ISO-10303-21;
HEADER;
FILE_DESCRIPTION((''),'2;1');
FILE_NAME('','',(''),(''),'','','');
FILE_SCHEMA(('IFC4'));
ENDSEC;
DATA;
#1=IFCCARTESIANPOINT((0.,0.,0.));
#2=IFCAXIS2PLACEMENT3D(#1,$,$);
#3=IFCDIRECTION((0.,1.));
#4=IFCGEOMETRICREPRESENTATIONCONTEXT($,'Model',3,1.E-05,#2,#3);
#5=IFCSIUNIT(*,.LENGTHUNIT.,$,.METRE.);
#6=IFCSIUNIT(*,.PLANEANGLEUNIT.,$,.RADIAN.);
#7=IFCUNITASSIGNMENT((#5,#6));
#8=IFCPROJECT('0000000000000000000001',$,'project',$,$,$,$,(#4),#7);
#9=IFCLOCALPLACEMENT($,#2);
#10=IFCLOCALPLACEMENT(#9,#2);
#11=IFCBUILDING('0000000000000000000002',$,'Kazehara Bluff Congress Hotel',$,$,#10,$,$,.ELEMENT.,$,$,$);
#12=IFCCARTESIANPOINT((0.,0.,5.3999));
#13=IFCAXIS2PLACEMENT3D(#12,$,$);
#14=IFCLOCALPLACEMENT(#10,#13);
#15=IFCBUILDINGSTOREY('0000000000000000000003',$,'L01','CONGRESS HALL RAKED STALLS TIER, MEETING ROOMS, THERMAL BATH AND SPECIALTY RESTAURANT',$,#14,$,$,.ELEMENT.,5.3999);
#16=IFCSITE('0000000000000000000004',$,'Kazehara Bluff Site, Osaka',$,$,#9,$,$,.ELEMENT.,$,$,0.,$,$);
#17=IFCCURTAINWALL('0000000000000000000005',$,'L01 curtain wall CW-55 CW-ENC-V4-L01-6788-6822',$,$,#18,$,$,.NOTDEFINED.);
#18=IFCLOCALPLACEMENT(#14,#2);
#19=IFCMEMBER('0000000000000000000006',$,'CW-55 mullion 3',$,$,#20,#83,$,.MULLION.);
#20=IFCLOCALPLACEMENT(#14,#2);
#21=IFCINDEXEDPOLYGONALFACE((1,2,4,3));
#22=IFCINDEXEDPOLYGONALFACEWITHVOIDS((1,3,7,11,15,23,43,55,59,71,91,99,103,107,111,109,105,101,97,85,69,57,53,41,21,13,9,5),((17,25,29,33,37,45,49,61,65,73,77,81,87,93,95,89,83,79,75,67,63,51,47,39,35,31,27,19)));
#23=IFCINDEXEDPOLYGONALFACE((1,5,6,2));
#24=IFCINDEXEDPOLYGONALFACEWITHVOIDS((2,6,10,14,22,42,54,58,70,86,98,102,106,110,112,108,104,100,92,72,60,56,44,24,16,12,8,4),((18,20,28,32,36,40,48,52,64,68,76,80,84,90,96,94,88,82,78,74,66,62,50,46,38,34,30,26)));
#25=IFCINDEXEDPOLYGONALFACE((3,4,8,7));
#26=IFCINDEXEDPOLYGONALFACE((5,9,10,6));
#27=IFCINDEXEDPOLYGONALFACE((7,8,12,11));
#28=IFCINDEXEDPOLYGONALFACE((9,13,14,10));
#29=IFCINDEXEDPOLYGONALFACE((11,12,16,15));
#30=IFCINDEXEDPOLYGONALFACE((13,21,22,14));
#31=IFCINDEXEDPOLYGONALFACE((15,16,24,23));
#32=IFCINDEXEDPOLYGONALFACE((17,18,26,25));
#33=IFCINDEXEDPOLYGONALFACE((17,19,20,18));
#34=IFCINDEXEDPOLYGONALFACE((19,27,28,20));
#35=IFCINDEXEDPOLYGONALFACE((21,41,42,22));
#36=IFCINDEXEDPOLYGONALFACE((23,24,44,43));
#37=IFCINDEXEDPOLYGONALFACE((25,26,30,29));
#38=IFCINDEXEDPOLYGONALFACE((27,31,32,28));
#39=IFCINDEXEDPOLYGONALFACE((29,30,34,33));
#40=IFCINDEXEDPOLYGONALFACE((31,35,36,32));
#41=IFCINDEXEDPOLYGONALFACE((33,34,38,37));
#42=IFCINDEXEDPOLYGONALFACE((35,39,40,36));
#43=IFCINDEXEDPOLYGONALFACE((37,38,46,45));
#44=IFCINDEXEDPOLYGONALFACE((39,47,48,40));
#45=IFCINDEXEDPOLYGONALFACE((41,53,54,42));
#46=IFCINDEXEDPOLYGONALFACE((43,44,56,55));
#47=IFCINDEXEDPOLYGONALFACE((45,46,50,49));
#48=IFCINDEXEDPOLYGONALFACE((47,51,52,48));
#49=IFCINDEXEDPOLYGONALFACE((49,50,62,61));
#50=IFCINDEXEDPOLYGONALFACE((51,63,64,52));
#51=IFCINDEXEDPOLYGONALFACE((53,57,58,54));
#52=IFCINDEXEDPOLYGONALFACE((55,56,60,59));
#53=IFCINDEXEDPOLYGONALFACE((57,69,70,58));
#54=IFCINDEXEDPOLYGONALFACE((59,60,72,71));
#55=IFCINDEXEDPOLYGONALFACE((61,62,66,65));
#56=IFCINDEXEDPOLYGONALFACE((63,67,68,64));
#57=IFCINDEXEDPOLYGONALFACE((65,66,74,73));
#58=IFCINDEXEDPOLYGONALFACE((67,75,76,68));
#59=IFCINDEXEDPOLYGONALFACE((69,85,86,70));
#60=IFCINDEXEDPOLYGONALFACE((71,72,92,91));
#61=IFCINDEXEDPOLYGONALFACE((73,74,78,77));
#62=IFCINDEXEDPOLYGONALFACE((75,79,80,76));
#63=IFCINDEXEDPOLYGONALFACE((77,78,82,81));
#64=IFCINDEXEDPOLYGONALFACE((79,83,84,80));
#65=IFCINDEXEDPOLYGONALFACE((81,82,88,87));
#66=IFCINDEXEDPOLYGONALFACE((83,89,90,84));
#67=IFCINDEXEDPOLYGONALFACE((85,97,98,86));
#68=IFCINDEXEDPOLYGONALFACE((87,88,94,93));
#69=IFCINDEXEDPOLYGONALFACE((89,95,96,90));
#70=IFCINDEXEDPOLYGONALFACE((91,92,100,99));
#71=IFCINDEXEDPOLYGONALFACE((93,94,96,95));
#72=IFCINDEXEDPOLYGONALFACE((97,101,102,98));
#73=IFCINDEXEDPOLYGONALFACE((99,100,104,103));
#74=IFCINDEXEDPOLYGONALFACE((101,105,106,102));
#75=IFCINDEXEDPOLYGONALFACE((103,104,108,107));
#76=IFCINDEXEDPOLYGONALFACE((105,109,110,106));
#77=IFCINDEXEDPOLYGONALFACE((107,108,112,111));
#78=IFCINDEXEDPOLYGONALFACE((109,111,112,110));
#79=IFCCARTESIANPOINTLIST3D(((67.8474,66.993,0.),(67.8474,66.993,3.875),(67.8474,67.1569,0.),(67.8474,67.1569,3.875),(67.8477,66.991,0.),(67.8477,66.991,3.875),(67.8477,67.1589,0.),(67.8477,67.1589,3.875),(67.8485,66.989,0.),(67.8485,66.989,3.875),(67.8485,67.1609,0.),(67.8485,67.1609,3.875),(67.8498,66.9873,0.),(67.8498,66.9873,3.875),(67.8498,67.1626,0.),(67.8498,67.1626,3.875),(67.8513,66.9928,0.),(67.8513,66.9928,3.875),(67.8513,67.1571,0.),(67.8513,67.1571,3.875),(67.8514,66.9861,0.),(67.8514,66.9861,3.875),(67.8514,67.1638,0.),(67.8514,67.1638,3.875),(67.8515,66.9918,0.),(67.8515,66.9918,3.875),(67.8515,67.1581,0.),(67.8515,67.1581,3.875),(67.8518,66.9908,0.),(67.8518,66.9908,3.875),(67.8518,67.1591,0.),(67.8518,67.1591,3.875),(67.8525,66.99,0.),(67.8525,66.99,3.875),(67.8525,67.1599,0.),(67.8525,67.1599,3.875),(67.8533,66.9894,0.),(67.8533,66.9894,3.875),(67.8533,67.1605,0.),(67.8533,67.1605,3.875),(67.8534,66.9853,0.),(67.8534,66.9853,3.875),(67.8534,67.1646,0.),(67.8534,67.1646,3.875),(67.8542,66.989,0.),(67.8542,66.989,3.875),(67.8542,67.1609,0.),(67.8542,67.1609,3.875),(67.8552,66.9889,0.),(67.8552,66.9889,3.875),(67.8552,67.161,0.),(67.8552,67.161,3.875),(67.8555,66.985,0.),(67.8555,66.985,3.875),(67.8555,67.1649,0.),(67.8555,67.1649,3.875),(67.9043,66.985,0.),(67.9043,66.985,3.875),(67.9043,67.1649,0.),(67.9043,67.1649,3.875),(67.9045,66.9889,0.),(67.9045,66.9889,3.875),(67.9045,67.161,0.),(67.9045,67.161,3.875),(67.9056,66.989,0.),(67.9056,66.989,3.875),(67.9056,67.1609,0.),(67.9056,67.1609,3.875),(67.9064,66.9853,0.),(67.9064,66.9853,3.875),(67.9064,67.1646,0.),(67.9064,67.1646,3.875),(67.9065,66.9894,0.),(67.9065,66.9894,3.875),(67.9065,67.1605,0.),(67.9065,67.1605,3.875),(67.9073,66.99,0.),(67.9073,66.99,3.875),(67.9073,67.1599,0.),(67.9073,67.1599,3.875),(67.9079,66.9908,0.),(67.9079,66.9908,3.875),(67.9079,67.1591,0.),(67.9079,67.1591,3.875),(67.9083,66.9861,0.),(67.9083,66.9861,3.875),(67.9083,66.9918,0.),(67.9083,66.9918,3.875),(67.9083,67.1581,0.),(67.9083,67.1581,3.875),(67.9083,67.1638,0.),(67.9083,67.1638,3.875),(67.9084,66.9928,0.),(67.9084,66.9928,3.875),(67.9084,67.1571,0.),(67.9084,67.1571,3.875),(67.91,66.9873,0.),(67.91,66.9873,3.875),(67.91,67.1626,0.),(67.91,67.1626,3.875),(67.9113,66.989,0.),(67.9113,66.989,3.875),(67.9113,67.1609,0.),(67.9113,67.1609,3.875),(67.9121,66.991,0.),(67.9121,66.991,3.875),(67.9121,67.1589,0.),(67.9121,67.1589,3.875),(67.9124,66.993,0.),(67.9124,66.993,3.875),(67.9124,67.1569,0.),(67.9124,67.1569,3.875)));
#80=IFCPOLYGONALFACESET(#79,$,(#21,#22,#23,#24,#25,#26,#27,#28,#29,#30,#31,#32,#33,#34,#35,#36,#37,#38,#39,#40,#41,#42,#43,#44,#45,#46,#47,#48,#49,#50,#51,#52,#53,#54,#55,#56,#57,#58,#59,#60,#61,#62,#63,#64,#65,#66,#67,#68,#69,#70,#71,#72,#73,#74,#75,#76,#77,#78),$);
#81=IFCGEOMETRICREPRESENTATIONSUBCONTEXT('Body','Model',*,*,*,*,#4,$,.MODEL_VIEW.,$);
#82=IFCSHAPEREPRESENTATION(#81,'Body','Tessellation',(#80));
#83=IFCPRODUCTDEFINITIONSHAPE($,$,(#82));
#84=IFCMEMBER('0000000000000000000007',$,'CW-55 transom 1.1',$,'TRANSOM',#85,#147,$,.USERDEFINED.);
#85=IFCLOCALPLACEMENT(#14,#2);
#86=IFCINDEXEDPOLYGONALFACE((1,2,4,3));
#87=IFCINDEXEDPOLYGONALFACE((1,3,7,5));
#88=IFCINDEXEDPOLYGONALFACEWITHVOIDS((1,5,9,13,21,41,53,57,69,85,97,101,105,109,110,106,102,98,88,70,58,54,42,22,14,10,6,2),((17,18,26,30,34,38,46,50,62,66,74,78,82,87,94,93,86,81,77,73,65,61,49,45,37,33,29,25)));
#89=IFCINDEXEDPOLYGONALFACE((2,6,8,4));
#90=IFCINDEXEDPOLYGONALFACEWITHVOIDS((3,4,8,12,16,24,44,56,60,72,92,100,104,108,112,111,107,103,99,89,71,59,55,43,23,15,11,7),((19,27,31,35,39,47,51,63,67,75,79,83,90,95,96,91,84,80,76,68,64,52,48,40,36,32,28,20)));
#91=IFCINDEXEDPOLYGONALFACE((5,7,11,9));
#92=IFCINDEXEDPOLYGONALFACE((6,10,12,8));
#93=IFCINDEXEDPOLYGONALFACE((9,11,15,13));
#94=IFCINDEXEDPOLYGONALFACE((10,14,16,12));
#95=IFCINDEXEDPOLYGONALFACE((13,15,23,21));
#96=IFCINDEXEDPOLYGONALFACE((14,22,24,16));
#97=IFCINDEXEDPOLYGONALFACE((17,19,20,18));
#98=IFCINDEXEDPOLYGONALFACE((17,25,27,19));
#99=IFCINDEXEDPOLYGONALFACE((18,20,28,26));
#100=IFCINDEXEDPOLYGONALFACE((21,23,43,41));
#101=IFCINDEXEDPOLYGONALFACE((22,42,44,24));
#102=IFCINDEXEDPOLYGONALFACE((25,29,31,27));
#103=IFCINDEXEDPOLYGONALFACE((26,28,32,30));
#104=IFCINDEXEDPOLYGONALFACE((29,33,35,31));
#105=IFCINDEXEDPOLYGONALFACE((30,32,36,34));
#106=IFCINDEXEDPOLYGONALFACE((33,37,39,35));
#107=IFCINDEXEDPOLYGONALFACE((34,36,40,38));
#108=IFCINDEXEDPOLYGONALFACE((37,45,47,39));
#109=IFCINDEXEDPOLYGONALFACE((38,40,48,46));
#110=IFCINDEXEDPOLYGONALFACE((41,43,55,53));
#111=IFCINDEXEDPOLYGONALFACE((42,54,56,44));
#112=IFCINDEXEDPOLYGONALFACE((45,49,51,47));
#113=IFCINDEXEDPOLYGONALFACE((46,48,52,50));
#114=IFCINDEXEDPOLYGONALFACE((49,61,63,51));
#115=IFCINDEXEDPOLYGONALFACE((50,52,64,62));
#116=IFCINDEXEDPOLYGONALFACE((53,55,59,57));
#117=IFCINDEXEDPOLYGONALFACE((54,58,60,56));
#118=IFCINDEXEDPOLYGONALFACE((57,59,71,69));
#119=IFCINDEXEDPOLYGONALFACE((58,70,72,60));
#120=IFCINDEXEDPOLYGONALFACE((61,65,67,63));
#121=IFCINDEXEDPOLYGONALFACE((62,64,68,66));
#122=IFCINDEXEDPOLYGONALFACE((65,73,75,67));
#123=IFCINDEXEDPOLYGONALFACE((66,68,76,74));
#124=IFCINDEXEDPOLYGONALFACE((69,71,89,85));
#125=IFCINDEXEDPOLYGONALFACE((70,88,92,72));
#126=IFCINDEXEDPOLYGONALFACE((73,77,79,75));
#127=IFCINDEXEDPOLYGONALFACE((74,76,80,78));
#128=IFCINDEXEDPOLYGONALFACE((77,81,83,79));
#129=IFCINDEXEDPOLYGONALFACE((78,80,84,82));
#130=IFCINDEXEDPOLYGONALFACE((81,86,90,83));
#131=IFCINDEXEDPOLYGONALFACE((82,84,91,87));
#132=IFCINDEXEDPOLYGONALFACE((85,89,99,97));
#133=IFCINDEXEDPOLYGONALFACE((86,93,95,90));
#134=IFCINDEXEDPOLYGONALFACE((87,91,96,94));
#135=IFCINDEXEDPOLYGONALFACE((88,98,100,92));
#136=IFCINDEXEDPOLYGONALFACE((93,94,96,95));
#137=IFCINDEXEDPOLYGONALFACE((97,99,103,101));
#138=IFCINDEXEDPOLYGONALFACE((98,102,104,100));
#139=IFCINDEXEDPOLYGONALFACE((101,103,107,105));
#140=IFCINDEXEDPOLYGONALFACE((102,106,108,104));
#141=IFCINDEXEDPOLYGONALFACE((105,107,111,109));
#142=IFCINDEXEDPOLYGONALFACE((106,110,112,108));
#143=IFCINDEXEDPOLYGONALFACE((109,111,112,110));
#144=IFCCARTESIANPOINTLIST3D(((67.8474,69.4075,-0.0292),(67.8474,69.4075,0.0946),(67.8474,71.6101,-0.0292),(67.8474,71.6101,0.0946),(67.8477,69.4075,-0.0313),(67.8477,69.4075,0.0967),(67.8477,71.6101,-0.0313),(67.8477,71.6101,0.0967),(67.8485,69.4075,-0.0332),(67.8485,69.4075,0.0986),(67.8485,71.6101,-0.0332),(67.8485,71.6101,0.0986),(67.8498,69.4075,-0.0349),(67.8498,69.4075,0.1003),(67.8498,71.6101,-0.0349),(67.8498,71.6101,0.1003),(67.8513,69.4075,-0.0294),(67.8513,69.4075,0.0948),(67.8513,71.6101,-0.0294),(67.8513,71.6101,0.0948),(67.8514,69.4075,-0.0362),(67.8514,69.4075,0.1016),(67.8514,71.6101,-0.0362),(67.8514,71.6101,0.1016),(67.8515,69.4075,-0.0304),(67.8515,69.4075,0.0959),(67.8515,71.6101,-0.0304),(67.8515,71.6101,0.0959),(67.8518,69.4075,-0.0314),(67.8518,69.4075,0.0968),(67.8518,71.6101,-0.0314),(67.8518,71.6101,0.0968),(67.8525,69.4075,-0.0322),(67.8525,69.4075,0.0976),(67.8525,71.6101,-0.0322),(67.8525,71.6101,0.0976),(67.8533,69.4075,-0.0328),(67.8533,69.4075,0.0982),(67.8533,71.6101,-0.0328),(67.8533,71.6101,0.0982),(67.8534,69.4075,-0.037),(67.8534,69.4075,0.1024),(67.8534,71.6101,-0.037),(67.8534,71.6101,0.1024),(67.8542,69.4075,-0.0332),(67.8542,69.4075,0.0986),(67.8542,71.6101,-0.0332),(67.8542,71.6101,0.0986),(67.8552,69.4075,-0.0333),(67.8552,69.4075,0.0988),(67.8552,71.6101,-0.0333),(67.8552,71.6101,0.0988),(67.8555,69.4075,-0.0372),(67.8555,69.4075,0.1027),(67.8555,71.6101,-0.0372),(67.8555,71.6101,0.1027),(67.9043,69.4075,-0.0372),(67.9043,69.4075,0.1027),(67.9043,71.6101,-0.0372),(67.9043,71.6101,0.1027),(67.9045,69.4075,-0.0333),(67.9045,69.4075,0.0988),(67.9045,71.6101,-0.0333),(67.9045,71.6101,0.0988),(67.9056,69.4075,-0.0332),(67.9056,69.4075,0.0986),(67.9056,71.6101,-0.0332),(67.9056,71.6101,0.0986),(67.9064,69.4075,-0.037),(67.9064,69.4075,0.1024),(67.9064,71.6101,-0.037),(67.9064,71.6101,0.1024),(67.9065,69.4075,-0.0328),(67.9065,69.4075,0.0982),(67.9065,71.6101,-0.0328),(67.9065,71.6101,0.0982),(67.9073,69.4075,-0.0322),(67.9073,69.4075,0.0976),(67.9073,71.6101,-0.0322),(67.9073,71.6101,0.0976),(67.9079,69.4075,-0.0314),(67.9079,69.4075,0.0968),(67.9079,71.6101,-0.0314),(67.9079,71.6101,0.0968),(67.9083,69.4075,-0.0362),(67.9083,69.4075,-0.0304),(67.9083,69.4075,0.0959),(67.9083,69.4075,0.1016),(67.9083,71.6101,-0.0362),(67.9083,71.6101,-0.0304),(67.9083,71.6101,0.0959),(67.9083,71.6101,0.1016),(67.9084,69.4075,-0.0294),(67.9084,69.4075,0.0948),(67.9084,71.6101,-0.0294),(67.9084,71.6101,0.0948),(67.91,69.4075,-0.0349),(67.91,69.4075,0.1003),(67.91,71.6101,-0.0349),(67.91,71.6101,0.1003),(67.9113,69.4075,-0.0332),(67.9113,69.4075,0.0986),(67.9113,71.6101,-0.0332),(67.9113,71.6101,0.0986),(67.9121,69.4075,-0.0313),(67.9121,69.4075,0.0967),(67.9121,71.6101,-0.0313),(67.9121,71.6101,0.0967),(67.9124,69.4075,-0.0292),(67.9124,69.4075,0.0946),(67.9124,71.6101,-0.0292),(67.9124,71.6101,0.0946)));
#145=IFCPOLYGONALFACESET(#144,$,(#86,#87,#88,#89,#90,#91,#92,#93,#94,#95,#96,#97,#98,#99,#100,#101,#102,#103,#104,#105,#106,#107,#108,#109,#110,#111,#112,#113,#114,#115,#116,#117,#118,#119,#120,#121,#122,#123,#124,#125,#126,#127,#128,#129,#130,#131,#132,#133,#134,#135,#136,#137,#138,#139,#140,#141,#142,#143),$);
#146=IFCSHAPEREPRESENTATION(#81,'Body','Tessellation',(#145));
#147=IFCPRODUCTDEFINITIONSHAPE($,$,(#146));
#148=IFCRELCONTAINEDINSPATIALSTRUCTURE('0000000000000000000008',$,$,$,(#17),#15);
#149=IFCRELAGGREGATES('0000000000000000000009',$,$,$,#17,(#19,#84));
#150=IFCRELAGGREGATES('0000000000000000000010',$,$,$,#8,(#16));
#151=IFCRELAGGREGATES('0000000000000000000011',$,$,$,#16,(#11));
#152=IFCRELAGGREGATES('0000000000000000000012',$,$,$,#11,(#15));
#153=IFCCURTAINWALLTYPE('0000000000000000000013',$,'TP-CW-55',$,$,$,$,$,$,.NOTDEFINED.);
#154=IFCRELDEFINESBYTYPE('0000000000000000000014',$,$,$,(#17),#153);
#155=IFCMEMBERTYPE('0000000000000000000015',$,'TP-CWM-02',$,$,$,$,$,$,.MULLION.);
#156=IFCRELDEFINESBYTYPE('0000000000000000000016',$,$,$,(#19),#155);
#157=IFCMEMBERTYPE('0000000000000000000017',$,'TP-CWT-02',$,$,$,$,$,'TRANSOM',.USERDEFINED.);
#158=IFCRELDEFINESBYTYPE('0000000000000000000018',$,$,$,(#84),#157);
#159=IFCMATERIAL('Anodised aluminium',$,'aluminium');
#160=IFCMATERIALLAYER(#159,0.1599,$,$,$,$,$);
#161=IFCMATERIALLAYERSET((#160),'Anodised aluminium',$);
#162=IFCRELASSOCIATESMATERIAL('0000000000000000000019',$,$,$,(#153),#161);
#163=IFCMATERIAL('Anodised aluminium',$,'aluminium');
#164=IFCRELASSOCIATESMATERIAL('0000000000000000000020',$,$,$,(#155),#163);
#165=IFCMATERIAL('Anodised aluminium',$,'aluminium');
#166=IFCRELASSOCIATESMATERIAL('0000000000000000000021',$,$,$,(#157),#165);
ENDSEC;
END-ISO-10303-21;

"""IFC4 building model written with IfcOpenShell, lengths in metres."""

from ifc_helpers import new_model, si_unit, direction, frame, origin, origin_2d, place, context, subcontext, project, spatial, hollow_rectangle, extrude, material, layer, layer_set, material_profile, profile_set, type_object, element, aggregate, save


model = new_model("IFC4")

# Units and contexts
model_context = context("Model", 3, precision=1e-05, world=origin(), true_north=direction((0.0, 1.0)))
body_context = subcontext(model_context, "Body", "Model", "MODEL_VIEW")
ifc_project = project(units=[si_unit("LENGTHUNIT", "METRE"), si_unit("PLANEANGLEUNIT", "RADIAN")], contexts=[model_context])

# Site, building, storey
site_placement = place(None, origin())
site = spatial("IfcSite", under=ifc_project, at=site_placement, Name="Kazehara Bluff Site, Osaka", CompositionType="ELEMENT", RefElevation=0.0)
building_placement = place(site_placement, origin())
building = spatial("IfcBuilding", under=site, at=building_placement, Name="Kazehara Bluff Congress Hotel", CompositionType="ELEMENT")
storey_placement = place(building_placement, frame((0.0, 0.0, 5.3999)))
storey = spatial("IfcBuildingStorey", under=building, at=storey_placement, Name="L01", Description="CONGRESS HALL RAKED STALLS TIER, MEETING ROOMS, THERMAL BATH AND SPECIALTY RESTAURANT", CompositionType="ELEMENT", Elevation=5.3999)

# Curtain wall, members
ifc_material_1 = material(Name="Anodised aluminium", Category="aluminium")
ifc_layer_1 = layer(ifc_material_1, 0.1599)
ifc_layer_set_1 = layer_set([ifc_layer_1], Name="Anodised aluminium")
curtain_wall_type = type_object("IfcCurtainWallType", Name="TP-CW-55", PredefinedType="NOTDEFINED", material=ifc_layer_set_1)
curtain_wall_placement = place(storey_placement, origin())
curtain_wall = element("IfcCurtainWall", 1, at=curtain_wall_placement, inside=storey, type_object=curtain_wall_type, Name="L01 curtain wall CW-55 CW-ENC-V4-L01-6788-6822", PredefinedType="NOTDEFINED")
ifc_material_2 = material(Name="Anodised aluminium", Category="aluminium")
ifc_material_profile_1 = material_profile(ifc_material_2, hollow_rectangle(XDim=0.0649, YDim=0.1799, WallThickness=0.0039, InnerFilletRadius=0.0039, OuterFilletRadius=0.0081, at=origin_2d()))
ifc_profile_set_1 = profile_set([ifc_material_profile_1], Name="Anodised aluminium")
member_type_1 = type_object("IfcMemberType", Name="TP-CWM-02", PredefinedType="MULLION", material=ifc_profile_set_1)
member_1_placement = place(storey_placement, frame((67.8799, 67.075, 0.0), z_axis=(0.0, 0.0, 1.0), x_axis=(1.0, 0.0, 0.0)))
member_1 = element("IfcMember", 2, at=member_1_placement, type_object=member_type_1, Name="CW-55 mullion 3", PredefinedType="MULLION", context=body_context, shape_type="SweptSolid", body=[
    extrude(hollow_rectangle(XDim=0.0649, YDim=0.1799, WallThickness=0.0039, InnerFilletRadius=0.0039, OuterFilletRadius=0.0081, at=origin_2d()), origin(), (0.0, 0.0, 1.0), 3.875),
])
ifc_material_3 = material(Name="Anodised aluminium", Category="aluminium")
ifc_material_profile_2 = material_profile(ifc_material_3, hollow_rectangle(XDim=0.0649, YDim=0.1399, WallThickness=0.0039, InnerFilletRadius=0.0039, OuterFilletRadius=0.0081, at=origin_2d()))
ifc_profile_set_2 = profile_set([ifc_material_profile_2], Name="Anodised aluminium")
member_type_2 = type_object("IfcMemberType", Name="TP-CWT-02", ElementType="TRANSOM", PredefinedType="USERDEFINED", material=ifc_profile_set_2)
member_2_placement = place(storey_placement, frame((67.8799, 71.6101, 0.0327), z_axis=(0.0, -1.0, 0.0), x_axis=(1.0, 0.0, 0.0)))
member_2 = element("IfcMember", 3, at=member_2_placement, type_object=member_type_2, Name="CW-55 transom 1.1", ObjectType="TRANSOM", PredefinedType="USERDEFINED", context=body_context, shape_type="SweptSolid", body=[
    extrude(hollow_rectangle(XDim=0.0649, YDim=0.1399, WallThickness=0.0039, InnerFilletRadius=0.0039, OuterFilletRadius=0.0081, at=origin_2d()), origin(), (0.0, 0.0, 1.0), 2.2026),
])

aggregate(curtain_wall, [member_1, member_2])

save(model, "model.ifc")
